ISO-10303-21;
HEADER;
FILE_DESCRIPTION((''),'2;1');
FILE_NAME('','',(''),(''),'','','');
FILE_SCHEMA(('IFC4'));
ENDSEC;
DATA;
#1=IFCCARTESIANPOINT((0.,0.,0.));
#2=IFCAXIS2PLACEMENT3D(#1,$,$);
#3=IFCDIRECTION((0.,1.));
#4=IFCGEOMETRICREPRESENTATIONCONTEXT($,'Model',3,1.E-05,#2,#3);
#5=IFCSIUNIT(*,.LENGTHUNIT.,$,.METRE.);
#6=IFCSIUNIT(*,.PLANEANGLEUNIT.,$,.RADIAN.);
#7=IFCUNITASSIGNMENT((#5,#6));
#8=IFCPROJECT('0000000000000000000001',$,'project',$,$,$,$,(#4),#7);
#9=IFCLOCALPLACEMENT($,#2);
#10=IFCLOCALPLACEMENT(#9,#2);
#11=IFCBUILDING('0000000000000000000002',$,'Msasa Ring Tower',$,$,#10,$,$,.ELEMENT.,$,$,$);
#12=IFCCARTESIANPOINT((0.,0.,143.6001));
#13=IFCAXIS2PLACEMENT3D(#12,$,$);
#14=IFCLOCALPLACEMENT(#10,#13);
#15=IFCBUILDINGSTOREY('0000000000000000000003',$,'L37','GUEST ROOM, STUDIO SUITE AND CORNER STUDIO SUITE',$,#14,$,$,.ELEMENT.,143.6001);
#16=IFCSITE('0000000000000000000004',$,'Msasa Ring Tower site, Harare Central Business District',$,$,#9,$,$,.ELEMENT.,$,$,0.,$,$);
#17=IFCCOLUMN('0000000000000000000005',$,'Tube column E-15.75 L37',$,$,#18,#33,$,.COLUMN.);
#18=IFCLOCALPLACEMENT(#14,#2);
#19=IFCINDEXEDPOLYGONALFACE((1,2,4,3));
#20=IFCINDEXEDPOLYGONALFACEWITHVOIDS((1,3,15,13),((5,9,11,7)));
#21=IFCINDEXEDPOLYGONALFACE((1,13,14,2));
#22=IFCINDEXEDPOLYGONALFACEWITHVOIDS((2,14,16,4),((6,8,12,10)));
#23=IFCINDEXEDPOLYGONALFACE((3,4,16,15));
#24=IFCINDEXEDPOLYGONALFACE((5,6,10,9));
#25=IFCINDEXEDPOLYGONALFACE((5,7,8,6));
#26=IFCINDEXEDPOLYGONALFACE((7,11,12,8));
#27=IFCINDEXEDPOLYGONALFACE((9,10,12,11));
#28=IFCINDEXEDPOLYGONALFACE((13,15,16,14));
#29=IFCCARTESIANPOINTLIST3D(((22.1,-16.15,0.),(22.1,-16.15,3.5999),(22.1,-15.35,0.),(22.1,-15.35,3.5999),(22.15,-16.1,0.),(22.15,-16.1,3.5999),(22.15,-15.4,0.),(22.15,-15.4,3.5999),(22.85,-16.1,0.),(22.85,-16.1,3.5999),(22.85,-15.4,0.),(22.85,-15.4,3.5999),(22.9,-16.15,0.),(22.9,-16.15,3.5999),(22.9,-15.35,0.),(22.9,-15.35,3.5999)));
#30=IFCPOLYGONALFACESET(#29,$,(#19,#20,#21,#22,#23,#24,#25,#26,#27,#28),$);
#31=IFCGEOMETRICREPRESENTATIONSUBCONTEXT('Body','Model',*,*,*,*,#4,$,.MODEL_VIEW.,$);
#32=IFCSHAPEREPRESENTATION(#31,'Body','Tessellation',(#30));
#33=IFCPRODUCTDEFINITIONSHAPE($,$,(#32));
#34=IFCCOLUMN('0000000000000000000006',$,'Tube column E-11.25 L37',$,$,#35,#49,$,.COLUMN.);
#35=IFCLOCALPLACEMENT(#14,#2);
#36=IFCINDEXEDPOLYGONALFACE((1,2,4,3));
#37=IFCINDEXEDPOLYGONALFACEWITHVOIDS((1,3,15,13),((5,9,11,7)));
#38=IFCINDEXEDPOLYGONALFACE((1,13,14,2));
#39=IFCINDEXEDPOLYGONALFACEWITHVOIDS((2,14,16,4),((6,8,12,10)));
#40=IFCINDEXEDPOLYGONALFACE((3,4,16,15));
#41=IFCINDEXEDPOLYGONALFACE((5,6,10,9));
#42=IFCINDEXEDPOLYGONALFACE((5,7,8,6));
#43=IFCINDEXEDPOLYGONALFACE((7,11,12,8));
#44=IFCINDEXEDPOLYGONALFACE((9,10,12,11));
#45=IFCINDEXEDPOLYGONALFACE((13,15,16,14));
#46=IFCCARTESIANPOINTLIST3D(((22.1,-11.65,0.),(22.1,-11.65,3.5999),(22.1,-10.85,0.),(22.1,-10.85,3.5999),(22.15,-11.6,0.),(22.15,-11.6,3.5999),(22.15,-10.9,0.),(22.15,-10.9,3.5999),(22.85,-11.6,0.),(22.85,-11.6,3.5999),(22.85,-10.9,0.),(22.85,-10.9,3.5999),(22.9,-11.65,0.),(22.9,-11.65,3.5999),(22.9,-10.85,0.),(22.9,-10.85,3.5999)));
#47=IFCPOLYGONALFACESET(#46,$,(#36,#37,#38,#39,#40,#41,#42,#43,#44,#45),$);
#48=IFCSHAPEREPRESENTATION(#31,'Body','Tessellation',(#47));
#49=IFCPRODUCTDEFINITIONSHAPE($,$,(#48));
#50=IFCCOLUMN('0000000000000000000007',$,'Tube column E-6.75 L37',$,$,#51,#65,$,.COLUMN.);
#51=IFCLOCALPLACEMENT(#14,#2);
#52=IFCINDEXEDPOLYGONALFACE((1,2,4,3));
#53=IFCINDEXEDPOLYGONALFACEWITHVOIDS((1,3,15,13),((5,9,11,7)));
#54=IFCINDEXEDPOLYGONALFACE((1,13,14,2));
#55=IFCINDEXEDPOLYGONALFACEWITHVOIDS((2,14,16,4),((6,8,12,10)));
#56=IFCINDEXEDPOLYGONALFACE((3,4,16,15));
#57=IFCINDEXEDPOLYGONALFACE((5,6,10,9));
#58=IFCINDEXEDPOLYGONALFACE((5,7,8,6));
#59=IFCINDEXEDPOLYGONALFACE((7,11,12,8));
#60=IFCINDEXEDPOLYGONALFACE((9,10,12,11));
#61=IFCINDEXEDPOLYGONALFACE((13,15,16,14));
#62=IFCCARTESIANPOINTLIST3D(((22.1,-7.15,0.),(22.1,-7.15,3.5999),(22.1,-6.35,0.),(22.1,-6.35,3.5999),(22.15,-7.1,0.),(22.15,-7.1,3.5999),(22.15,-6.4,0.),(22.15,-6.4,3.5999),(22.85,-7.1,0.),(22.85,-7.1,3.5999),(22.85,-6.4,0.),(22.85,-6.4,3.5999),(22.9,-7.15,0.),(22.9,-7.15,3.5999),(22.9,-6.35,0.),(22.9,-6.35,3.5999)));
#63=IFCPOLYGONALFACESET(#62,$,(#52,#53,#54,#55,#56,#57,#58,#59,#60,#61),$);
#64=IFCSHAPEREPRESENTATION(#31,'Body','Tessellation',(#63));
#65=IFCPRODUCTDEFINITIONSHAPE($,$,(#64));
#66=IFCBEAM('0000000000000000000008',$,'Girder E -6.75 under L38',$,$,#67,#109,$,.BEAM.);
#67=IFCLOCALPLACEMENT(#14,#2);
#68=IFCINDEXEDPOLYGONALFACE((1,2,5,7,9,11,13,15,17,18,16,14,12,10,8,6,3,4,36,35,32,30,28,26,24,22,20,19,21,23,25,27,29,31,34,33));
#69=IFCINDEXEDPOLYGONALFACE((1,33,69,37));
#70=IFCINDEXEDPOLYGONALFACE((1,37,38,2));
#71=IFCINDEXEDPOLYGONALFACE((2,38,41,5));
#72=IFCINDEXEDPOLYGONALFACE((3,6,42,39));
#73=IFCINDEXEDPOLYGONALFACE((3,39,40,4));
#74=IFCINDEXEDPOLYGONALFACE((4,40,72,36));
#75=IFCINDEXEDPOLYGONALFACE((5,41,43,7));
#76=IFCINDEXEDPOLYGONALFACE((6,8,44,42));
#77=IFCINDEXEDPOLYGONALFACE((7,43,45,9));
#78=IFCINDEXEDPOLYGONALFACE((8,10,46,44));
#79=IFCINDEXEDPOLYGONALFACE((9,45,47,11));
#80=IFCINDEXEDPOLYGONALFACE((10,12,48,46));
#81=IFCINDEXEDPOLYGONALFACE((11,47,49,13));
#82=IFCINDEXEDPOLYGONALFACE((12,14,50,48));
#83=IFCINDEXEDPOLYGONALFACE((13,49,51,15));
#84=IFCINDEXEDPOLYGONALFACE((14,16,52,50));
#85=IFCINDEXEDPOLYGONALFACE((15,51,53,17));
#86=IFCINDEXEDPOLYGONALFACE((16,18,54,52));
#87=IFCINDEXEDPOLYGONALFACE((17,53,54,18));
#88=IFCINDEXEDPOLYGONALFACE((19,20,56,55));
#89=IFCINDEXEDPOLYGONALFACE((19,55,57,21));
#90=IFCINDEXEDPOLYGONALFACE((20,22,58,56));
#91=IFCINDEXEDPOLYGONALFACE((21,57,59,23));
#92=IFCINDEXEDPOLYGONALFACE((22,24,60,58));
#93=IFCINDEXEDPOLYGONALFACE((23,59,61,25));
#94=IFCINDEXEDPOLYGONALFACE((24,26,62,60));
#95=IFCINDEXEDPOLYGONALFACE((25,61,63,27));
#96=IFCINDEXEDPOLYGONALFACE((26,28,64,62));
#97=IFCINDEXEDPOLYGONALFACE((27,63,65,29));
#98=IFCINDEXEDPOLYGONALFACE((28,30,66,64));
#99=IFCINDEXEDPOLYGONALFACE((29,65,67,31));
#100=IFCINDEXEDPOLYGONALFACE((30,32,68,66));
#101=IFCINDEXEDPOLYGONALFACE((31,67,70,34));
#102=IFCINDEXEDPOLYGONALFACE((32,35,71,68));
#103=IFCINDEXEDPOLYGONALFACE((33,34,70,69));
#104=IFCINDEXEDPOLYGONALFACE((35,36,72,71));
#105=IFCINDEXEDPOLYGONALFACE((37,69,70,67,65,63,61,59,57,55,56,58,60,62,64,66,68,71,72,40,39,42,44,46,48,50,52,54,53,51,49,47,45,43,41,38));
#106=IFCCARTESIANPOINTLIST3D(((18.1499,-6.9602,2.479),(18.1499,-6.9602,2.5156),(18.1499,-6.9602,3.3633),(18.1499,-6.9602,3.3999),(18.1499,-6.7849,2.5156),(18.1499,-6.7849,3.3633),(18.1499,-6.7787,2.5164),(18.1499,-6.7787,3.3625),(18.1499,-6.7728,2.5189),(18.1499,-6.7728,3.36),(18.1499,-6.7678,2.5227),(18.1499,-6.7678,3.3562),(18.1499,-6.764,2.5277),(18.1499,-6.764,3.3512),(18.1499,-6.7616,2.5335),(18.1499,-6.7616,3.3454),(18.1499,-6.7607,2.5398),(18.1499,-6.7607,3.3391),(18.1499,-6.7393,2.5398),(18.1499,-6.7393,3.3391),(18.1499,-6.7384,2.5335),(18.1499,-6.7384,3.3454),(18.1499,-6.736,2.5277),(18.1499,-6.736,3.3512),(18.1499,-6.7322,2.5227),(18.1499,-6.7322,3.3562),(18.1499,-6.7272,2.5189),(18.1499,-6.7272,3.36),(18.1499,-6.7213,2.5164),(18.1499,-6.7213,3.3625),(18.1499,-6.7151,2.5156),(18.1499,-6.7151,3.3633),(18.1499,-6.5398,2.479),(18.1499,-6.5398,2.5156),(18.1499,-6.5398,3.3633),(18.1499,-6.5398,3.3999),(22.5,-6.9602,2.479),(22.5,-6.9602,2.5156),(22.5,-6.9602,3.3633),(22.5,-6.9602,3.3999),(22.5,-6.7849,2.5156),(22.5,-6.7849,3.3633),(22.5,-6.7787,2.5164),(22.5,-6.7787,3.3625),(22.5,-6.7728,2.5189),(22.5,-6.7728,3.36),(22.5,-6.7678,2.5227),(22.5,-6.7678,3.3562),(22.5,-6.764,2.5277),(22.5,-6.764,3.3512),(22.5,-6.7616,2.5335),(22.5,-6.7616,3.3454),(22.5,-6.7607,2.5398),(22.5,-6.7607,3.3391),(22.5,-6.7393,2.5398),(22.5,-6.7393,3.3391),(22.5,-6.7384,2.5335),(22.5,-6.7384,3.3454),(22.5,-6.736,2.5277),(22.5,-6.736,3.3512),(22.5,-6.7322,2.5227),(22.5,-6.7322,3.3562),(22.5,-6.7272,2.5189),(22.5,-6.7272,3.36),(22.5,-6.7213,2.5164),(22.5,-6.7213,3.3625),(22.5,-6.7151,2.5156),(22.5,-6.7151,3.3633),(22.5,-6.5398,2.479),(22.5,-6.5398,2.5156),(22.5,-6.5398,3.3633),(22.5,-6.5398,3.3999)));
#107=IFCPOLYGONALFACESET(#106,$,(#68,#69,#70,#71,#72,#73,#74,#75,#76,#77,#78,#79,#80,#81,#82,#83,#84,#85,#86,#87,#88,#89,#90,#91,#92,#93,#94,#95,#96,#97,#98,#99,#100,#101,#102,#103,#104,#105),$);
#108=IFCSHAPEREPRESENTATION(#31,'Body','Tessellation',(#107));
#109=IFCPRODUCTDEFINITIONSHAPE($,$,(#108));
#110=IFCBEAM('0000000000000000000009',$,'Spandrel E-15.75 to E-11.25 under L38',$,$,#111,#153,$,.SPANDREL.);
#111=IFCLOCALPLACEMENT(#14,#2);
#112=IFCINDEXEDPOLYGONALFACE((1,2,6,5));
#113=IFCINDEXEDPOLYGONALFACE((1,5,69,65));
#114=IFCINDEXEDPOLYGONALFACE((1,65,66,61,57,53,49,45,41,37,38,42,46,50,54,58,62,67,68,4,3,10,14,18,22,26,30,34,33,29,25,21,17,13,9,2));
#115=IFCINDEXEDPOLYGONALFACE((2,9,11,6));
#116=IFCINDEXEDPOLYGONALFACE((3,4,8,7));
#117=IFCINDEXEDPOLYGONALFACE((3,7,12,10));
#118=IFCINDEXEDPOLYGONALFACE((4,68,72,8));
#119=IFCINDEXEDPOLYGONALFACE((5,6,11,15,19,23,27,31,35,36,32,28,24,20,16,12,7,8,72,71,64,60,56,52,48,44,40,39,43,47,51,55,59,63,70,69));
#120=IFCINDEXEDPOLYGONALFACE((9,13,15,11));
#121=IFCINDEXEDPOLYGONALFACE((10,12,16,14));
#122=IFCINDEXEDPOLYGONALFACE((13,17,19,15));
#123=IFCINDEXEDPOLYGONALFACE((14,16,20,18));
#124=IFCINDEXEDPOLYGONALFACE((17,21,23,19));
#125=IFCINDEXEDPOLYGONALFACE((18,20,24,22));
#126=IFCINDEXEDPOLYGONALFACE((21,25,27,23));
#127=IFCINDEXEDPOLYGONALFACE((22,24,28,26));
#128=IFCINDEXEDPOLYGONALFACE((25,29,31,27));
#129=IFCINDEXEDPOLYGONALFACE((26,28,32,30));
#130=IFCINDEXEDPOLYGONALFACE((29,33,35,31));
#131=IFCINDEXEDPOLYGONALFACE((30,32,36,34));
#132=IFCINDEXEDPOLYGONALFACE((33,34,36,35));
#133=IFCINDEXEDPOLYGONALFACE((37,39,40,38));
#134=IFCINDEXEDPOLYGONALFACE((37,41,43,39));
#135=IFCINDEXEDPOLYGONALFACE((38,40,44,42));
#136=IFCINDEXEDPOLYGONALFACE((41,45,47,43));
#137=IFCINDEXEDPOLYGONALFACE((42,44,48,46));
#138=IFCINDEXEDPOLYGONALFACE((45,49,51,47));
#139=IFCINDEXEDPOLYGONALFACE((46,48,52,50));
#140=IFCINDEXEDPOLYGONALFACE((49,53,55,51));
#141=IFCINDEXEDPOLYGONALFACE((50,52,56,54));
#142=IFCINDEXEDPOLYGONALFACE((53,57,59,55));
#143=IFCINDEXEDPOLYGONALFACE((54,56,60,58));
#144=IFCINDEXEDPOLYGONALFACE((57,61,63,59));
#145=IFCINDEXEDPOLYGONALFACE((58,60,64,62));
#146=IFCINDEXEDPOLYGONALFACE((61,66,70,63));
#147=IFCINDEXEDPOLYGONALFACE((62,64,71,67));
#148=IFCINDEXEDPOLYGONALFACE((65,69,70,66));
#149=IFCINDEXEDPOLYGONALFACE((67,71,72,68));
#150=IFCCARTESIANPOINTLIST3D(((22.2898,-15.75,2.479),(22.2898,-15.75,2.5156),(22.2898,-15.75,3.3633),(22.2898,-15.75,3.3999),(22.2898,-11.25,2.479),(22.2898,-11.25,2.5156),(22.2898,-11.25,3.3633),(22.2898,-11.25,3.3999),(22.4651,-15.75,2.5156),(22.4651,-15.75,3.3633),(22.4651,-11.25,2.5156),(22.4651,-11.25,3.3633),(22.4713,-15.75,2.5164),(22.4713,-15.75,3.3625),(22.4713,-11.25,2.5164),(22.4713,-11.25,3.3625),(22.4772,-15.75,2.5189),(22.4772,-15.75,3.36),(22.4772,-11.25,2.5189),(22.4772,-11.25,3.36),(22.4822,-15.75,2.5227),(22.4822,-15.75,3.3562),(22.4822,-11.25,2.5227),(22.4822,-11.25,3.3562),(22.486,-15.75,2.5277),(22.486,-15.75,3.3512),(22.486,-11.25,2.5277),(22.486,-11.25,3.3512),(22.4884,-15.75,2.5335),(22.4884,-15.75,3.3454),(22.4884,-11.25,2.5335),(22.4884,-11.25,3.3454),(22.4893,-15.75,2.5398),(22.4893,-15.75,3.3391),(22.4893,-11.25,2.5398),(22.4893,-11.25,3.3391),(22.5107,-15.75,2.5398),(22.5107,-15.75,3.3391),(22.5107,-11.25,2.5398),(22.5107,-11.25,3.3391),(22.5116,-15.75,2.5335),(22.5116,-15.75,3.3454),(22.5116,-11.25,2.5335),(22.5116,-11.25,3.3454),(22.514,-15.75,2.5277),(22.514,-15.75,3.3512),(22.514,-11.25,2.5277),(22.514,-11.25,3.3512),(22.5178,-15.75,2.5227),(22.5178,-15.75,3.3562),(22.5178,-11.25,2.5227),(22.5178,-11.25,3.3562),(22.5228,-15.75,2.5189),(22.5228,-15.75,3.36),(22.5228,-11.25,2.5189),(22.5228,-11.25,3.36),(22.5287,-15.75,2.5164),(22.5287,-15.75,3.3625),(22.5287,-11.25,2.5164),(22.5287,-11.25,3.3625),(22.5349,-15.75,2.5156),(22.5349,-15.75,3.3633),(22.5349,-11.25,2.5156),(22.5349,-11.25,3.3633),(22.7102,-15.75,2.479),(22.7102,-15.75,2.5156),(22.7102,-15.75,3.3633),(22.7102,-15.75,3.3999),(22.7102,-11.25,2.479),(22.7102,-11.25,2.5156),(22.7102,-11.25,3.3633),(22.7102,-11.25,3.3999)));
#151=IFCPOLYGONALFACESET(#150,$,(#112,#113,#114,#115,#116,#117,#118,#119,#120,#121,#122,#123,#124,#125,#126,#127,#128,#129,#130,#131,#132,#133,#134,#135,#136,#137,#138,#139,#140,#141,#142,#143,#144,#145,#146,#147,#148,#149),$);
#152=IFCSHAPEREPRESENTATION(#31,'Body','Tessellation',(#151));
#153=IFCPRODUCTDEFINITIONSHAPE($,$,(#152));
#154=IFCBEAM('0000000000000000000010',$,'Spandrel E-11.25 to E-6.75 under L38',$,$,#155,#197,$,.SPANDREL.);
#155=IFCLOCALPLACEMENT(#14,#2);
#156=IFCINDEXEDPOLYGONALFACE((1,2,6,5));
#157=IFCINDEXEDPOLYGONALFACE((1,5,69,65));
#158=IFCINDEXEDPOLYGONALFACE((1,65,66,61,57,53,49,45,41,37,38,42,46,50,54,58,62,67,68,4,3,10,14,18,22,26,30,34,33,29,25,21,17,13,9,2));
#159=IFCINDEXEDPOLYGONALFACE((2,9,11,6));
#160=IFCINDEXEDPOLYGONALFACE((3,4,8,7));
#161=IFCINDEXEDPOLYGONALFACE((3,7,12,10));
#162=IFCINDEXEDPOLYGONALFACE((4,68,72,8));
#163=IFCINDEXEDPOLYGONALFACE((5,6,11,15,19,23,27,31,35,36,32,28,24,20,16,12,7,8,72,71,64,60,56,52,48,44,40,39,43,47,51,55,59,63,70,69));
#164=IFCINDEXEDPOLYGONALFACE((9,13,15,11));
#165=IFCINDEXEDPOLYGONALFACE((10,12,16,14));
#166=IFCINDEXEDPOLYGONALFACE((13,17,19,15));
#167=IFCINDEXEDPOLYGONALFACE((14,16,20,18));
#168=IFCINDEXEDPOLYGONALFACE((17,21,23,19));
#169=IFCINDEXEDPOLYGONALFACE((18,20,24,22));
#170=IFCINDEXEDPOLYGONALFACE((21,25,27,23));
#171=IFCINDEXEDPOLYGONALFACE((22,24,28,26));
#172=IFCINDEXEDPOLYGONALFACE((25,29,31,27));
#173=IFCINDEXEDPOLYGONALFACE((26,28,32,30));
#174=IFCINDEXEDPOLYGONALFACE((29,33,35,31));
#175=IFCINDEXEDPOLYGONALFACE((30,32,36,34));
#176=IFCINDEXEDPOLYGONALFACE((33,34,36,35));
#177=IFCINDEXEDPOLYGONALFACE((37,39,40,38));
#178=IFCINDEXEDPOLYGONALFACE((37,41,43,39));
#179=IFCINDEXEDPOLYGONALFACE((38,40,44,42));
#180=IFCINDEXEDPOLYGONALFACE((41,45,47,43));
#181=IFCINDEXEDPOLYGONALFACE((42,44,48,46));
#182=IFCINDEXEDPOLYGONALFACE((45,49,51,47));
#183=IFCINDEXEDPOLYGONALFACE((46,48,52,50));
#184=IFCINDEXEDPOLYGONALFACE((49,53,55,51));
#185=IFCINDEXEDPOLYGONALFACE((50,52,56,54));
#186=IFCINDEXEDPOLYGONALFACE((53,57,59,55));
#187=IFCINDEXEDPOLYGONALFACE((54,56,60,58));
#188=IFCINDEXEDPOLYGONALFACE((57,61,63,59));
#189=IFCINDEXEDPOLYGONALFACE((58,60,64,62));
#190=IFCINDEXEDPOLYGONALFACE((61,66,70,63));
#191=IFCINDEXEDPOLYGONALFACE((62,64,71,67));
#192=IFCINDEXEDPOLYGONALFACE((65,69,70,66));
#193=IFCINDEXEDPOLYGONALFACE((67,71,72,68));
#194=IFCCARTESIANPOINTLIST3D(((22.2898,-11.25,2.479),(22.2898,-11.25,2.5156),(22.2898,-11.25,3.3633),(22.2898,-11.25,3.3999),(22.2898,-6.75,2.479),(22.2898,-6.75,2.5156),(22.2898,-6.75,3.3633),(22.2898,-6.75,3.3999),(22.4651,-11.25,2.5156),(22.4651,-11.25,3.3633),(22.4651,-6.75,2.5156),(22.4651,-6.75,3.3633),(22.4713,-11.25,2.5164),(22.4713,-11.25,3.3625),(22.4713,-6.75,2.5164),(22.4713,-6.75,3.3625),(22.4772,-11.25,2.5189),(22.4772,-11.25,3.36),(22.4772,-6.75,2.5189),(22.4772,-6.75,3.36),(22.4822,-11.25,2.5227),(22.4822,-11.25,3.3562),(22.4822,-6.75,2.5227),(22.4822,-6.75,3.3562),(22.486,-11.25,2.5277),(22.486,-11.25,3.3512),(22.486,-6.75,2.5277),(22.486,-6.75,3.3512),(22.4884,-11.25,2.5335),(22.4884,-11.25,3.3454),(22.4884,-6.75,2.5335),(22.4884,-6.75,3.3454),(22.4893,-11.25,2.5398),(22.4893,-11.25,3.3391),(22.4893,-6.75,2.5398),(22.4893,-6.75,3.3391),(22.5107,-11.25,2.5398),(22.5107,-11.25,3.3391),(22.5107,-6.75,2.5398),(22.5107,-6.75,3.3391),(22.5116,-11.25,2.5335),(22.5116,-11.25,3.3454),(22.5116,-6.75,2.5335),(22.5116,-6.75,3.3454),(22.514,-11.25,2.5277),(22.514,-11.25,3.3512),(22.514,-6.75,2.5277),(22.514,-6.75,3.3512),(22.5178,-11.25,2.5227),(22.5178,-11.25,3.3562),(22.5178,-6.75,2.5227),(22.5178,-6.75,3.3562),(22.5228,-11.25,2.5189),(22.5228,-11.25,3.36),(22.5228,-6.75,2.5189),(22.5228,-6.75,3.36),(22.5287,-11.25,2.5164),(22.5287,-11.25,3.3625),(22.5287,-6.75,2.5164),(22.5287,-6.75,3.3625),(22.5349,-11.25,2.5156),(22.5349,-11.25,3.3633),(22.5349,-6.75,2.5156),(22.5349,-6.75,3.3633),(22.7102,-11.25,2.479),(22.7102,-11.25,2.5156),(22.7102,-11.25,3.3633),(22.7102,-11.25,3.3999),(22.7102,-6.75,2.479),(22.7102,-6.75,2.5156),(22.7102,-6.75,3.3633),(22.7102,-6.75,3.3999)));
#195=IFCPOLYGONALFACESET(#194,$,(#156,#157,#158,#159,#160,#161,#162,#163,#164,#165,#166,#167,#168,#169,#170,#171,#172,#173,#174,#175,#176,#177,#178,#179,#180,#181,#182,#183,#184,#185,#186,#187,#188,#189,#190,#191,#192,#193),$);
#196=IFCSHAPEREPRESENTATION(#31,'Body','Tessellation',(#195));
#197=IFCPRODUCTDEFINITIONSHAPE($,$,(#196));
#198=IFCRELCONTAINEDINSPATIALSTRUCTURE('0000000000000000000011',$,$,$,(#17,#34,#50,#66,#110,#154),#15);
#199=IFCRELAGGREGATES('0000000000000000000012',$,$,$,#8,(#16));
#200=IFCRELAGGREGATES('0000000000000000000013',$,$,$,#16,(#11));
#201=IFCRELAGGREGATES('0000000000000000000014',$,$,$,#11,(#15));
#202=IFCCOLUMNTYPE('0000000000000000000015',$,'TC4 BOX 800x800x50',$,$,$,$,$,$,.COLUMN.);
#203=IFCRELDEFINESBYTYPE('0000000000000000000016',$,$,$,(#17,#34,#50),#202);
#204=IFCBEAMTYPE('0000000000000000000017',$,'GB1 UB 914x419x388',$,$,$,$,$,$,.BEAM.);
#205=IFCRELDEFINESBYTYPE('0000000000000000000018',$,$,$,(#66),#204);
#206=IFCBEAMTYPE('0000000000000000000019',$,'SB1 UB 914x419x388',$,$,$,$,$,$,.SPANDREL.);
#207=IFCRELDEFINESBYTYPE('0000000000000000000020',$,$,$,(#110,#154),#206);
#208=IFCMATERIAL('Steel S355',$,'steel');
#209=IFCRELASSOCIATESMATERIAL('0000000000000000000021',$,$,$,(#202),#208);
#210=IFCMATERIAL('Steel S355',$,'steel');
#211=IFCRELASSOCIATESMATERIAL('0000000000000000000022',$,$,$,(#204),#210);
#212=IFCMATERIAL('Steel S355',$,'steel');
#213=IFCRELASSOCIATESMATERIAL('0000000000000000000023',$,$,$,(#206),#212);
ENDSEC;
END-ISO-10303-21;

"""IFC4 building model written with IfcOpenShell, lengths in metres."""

from ifc_helpers import new_model, si_unit, direction, frame, origin, origin_2d, place, context, subcontext, project, spatial, hollow_rectangle, i_section, extrude, material, material_profile, profile_set, type_object, element, save


model = new_model("IFC4")

# Units and contexts
model_context = context("Model", 3, precision=1e-05, world=origin(), true_north=direction((0.0, 1.0)))
body_context = subcontext(model_context, "Body", "Model", "MODEL_VIEW")
ifc_project = project(units=[si_unit("LENGTHUNIT", "METRE"), si_unit("PLANEANGLEUNIT", "RADIAN")], contexts=[model_context])

# Site, building, storey
site_placement = place(None, origin())
site = spatial("IfcSite", under=ifc_project, at=site_placement, Name="Msasa Ring Tower site, Harare Central Business District", CompositionType="ELEMENT", RefElevation=0.0)
building_placement = place(site_placement, origin())
building = spatial("IfcBuilding", under=site, at=building_placement, Name="Msasa Ring Tower", CompositionType="ELEMENT")
storey_placement = place(building_placement, frame((0.0, 0.0, 143.6001)))
storey = spatial("IfcBuildingStorey", under=building, at=storey_placement, Name="L37", Description="GUEST ROOM, STUDIO SUITE AND CORNER STUDIO SUITE", CompositionType="ELEMENT", Elevation=143.6001)

# Columns
ifc_material_1 = material(Name="Steel S355", Category="steel")
ifc_material_profile_1 = material_profile(ifc_material_1, hollow_rectangle(XDim=0.8, YDim=0.8, WallThickness=0.05, at=origin_2d()), Name="BOX 800x800x50")
ifc_profile_set_1 = profile_set([ifc_material_profile_1], Name="Steel S355")
column_type = type_object("IfcColumnType", Name="TC4 BOX 800x800x50", PredefinedType="COLUMN", material=ifc_profile_set_1)
for number, where, z_axis, x_axis, name in (
    (1, (22.5, -15.75, 0.0), (0.0, 0.0, 1.0), (1.0, 0.0, 0.0), "Tube column E-15.75 L37"),
    (2, (22.5, -11.25, 0.0), (0.0, 0.0, 1.0), (1.0, 0.0, 0.0), "Tube column E-11.25 L37"),
    (3, (22.5, -6.75, 0.0), (0.0, 0.0, 1.0), (1.0, 0.0, 0.0), "Tube column E-6.75 L37"),
):
    element("IfcColumn", number, at=place(storey_placement, frame(where, z_axis=z_axis, x_axis=x_axis)), inside=storey, type_object=column_type, Name=name, PredefinedType="COLUMN", context=body_context, shape_type="SweptSolid", body=[
        extrude(hollow_rectangle(XDim=0.8, YDim=0.8, WallThickness=0.05, at=origin_2d()), origin(), (0.0, 0.0, 1.0), 3.5999),
    ])

# Beams
ifc_material_2 = material(Name="Steel S355", Category="steel")
ifc_material_profile_2 = material_profile(ifc_material_2, i_section(OverallWidth=0.4204, OverallDepth=0.9209, WebThickness=0.0215, FlangeThickness=0.0366, FilletRadius=0.0242, at=origin_2d()), Name="UB 914x419x388")
ifc_profile_set_2 = profile_set([ifc_material_profile_2], Name="Steel S355")
beam_type_1 = type_object("IfcBeamType", Name="GB1 UB 914x419x388", PredefinedType="BEAM", material=ifc_profile_set_2)
beam_placement = place(storey_placement, frame((18.1499, -6.75, 2.9395), z_axis=(1.0, 0.0, 0.0), x_axis=(0.0, 1.0, 0.0)))
element("IfcBeam", 4, at=beam_placement, inside=storey, type_object=beam_type_1, Name="Girder E -6.75 under L38", PredefinedType="BEAM", context=body_context, shape_type="SweptSolid", body=[
    extrude(i_section(OverallWidth=0.4204, OverallDepth=0.9209, WebThickness=0.0215, FlangeThickness=0.0366, FilletRadius=0.0242, at=origin_2d()), origin(), (0.0, 0.0, 1.0), 4.3501),
])
ifc_material_3 = material(Name="Steel S355", Category="steel")
ifc_material_profile_3 = material_profile(ifc_material_3, i_section(OverallWidth=0.4204, OverallDepth=0.9209, WebThickness=0.0215, FlangeThickness=0.0366, FilletRadius=0.0242, at=origin_2d()), Name="UB 914x419x388")
ifc_profile_set_3 = profile_set([ifc_material_profile_3], Name="Steel S355")
beam_type_2 = type_object("IfcBeamType", Name="SB1 UB 914x419x388", PredefinedType="SPANDREL", material=ifc_profile_set_3)
for number, where, z_axis, x_axis, name in (
    (5, (22.5, -15.75, 2.9395), (0.0, 1.0, 0.0), (-1.0, 0.0, 0.0), "Spandrel E-15.75 to E-11.25 under L38"),
    (6, (22.5, -11.25, 2.9395), (0.0, 1.0, 0.0), (-1.0, 0.0, 0.0), "Spandrel E-11.25 to E-6.75 under L38"),
):
    element("IfcBeam", number, at=place(storey_placement, frame(where, z_axis=z_axis, x_axis=x_axis)), inside=storey, type_object=beam_type_2, Name=name, PredefinedType="SPANDREL", context=body_context, shape_type="SweptSolid", body=[
        extrude(i_section(OverallWidth=0.4204, OverallDepth=0.9209, WebThickness=0.0215, FlangeThickness=0.0366, FilletRadius=0.0242, at=origin_2d()), origin(), (0.0, 0.0, 1.0), 4.5),
    ])

save(model, "model.ifc")
